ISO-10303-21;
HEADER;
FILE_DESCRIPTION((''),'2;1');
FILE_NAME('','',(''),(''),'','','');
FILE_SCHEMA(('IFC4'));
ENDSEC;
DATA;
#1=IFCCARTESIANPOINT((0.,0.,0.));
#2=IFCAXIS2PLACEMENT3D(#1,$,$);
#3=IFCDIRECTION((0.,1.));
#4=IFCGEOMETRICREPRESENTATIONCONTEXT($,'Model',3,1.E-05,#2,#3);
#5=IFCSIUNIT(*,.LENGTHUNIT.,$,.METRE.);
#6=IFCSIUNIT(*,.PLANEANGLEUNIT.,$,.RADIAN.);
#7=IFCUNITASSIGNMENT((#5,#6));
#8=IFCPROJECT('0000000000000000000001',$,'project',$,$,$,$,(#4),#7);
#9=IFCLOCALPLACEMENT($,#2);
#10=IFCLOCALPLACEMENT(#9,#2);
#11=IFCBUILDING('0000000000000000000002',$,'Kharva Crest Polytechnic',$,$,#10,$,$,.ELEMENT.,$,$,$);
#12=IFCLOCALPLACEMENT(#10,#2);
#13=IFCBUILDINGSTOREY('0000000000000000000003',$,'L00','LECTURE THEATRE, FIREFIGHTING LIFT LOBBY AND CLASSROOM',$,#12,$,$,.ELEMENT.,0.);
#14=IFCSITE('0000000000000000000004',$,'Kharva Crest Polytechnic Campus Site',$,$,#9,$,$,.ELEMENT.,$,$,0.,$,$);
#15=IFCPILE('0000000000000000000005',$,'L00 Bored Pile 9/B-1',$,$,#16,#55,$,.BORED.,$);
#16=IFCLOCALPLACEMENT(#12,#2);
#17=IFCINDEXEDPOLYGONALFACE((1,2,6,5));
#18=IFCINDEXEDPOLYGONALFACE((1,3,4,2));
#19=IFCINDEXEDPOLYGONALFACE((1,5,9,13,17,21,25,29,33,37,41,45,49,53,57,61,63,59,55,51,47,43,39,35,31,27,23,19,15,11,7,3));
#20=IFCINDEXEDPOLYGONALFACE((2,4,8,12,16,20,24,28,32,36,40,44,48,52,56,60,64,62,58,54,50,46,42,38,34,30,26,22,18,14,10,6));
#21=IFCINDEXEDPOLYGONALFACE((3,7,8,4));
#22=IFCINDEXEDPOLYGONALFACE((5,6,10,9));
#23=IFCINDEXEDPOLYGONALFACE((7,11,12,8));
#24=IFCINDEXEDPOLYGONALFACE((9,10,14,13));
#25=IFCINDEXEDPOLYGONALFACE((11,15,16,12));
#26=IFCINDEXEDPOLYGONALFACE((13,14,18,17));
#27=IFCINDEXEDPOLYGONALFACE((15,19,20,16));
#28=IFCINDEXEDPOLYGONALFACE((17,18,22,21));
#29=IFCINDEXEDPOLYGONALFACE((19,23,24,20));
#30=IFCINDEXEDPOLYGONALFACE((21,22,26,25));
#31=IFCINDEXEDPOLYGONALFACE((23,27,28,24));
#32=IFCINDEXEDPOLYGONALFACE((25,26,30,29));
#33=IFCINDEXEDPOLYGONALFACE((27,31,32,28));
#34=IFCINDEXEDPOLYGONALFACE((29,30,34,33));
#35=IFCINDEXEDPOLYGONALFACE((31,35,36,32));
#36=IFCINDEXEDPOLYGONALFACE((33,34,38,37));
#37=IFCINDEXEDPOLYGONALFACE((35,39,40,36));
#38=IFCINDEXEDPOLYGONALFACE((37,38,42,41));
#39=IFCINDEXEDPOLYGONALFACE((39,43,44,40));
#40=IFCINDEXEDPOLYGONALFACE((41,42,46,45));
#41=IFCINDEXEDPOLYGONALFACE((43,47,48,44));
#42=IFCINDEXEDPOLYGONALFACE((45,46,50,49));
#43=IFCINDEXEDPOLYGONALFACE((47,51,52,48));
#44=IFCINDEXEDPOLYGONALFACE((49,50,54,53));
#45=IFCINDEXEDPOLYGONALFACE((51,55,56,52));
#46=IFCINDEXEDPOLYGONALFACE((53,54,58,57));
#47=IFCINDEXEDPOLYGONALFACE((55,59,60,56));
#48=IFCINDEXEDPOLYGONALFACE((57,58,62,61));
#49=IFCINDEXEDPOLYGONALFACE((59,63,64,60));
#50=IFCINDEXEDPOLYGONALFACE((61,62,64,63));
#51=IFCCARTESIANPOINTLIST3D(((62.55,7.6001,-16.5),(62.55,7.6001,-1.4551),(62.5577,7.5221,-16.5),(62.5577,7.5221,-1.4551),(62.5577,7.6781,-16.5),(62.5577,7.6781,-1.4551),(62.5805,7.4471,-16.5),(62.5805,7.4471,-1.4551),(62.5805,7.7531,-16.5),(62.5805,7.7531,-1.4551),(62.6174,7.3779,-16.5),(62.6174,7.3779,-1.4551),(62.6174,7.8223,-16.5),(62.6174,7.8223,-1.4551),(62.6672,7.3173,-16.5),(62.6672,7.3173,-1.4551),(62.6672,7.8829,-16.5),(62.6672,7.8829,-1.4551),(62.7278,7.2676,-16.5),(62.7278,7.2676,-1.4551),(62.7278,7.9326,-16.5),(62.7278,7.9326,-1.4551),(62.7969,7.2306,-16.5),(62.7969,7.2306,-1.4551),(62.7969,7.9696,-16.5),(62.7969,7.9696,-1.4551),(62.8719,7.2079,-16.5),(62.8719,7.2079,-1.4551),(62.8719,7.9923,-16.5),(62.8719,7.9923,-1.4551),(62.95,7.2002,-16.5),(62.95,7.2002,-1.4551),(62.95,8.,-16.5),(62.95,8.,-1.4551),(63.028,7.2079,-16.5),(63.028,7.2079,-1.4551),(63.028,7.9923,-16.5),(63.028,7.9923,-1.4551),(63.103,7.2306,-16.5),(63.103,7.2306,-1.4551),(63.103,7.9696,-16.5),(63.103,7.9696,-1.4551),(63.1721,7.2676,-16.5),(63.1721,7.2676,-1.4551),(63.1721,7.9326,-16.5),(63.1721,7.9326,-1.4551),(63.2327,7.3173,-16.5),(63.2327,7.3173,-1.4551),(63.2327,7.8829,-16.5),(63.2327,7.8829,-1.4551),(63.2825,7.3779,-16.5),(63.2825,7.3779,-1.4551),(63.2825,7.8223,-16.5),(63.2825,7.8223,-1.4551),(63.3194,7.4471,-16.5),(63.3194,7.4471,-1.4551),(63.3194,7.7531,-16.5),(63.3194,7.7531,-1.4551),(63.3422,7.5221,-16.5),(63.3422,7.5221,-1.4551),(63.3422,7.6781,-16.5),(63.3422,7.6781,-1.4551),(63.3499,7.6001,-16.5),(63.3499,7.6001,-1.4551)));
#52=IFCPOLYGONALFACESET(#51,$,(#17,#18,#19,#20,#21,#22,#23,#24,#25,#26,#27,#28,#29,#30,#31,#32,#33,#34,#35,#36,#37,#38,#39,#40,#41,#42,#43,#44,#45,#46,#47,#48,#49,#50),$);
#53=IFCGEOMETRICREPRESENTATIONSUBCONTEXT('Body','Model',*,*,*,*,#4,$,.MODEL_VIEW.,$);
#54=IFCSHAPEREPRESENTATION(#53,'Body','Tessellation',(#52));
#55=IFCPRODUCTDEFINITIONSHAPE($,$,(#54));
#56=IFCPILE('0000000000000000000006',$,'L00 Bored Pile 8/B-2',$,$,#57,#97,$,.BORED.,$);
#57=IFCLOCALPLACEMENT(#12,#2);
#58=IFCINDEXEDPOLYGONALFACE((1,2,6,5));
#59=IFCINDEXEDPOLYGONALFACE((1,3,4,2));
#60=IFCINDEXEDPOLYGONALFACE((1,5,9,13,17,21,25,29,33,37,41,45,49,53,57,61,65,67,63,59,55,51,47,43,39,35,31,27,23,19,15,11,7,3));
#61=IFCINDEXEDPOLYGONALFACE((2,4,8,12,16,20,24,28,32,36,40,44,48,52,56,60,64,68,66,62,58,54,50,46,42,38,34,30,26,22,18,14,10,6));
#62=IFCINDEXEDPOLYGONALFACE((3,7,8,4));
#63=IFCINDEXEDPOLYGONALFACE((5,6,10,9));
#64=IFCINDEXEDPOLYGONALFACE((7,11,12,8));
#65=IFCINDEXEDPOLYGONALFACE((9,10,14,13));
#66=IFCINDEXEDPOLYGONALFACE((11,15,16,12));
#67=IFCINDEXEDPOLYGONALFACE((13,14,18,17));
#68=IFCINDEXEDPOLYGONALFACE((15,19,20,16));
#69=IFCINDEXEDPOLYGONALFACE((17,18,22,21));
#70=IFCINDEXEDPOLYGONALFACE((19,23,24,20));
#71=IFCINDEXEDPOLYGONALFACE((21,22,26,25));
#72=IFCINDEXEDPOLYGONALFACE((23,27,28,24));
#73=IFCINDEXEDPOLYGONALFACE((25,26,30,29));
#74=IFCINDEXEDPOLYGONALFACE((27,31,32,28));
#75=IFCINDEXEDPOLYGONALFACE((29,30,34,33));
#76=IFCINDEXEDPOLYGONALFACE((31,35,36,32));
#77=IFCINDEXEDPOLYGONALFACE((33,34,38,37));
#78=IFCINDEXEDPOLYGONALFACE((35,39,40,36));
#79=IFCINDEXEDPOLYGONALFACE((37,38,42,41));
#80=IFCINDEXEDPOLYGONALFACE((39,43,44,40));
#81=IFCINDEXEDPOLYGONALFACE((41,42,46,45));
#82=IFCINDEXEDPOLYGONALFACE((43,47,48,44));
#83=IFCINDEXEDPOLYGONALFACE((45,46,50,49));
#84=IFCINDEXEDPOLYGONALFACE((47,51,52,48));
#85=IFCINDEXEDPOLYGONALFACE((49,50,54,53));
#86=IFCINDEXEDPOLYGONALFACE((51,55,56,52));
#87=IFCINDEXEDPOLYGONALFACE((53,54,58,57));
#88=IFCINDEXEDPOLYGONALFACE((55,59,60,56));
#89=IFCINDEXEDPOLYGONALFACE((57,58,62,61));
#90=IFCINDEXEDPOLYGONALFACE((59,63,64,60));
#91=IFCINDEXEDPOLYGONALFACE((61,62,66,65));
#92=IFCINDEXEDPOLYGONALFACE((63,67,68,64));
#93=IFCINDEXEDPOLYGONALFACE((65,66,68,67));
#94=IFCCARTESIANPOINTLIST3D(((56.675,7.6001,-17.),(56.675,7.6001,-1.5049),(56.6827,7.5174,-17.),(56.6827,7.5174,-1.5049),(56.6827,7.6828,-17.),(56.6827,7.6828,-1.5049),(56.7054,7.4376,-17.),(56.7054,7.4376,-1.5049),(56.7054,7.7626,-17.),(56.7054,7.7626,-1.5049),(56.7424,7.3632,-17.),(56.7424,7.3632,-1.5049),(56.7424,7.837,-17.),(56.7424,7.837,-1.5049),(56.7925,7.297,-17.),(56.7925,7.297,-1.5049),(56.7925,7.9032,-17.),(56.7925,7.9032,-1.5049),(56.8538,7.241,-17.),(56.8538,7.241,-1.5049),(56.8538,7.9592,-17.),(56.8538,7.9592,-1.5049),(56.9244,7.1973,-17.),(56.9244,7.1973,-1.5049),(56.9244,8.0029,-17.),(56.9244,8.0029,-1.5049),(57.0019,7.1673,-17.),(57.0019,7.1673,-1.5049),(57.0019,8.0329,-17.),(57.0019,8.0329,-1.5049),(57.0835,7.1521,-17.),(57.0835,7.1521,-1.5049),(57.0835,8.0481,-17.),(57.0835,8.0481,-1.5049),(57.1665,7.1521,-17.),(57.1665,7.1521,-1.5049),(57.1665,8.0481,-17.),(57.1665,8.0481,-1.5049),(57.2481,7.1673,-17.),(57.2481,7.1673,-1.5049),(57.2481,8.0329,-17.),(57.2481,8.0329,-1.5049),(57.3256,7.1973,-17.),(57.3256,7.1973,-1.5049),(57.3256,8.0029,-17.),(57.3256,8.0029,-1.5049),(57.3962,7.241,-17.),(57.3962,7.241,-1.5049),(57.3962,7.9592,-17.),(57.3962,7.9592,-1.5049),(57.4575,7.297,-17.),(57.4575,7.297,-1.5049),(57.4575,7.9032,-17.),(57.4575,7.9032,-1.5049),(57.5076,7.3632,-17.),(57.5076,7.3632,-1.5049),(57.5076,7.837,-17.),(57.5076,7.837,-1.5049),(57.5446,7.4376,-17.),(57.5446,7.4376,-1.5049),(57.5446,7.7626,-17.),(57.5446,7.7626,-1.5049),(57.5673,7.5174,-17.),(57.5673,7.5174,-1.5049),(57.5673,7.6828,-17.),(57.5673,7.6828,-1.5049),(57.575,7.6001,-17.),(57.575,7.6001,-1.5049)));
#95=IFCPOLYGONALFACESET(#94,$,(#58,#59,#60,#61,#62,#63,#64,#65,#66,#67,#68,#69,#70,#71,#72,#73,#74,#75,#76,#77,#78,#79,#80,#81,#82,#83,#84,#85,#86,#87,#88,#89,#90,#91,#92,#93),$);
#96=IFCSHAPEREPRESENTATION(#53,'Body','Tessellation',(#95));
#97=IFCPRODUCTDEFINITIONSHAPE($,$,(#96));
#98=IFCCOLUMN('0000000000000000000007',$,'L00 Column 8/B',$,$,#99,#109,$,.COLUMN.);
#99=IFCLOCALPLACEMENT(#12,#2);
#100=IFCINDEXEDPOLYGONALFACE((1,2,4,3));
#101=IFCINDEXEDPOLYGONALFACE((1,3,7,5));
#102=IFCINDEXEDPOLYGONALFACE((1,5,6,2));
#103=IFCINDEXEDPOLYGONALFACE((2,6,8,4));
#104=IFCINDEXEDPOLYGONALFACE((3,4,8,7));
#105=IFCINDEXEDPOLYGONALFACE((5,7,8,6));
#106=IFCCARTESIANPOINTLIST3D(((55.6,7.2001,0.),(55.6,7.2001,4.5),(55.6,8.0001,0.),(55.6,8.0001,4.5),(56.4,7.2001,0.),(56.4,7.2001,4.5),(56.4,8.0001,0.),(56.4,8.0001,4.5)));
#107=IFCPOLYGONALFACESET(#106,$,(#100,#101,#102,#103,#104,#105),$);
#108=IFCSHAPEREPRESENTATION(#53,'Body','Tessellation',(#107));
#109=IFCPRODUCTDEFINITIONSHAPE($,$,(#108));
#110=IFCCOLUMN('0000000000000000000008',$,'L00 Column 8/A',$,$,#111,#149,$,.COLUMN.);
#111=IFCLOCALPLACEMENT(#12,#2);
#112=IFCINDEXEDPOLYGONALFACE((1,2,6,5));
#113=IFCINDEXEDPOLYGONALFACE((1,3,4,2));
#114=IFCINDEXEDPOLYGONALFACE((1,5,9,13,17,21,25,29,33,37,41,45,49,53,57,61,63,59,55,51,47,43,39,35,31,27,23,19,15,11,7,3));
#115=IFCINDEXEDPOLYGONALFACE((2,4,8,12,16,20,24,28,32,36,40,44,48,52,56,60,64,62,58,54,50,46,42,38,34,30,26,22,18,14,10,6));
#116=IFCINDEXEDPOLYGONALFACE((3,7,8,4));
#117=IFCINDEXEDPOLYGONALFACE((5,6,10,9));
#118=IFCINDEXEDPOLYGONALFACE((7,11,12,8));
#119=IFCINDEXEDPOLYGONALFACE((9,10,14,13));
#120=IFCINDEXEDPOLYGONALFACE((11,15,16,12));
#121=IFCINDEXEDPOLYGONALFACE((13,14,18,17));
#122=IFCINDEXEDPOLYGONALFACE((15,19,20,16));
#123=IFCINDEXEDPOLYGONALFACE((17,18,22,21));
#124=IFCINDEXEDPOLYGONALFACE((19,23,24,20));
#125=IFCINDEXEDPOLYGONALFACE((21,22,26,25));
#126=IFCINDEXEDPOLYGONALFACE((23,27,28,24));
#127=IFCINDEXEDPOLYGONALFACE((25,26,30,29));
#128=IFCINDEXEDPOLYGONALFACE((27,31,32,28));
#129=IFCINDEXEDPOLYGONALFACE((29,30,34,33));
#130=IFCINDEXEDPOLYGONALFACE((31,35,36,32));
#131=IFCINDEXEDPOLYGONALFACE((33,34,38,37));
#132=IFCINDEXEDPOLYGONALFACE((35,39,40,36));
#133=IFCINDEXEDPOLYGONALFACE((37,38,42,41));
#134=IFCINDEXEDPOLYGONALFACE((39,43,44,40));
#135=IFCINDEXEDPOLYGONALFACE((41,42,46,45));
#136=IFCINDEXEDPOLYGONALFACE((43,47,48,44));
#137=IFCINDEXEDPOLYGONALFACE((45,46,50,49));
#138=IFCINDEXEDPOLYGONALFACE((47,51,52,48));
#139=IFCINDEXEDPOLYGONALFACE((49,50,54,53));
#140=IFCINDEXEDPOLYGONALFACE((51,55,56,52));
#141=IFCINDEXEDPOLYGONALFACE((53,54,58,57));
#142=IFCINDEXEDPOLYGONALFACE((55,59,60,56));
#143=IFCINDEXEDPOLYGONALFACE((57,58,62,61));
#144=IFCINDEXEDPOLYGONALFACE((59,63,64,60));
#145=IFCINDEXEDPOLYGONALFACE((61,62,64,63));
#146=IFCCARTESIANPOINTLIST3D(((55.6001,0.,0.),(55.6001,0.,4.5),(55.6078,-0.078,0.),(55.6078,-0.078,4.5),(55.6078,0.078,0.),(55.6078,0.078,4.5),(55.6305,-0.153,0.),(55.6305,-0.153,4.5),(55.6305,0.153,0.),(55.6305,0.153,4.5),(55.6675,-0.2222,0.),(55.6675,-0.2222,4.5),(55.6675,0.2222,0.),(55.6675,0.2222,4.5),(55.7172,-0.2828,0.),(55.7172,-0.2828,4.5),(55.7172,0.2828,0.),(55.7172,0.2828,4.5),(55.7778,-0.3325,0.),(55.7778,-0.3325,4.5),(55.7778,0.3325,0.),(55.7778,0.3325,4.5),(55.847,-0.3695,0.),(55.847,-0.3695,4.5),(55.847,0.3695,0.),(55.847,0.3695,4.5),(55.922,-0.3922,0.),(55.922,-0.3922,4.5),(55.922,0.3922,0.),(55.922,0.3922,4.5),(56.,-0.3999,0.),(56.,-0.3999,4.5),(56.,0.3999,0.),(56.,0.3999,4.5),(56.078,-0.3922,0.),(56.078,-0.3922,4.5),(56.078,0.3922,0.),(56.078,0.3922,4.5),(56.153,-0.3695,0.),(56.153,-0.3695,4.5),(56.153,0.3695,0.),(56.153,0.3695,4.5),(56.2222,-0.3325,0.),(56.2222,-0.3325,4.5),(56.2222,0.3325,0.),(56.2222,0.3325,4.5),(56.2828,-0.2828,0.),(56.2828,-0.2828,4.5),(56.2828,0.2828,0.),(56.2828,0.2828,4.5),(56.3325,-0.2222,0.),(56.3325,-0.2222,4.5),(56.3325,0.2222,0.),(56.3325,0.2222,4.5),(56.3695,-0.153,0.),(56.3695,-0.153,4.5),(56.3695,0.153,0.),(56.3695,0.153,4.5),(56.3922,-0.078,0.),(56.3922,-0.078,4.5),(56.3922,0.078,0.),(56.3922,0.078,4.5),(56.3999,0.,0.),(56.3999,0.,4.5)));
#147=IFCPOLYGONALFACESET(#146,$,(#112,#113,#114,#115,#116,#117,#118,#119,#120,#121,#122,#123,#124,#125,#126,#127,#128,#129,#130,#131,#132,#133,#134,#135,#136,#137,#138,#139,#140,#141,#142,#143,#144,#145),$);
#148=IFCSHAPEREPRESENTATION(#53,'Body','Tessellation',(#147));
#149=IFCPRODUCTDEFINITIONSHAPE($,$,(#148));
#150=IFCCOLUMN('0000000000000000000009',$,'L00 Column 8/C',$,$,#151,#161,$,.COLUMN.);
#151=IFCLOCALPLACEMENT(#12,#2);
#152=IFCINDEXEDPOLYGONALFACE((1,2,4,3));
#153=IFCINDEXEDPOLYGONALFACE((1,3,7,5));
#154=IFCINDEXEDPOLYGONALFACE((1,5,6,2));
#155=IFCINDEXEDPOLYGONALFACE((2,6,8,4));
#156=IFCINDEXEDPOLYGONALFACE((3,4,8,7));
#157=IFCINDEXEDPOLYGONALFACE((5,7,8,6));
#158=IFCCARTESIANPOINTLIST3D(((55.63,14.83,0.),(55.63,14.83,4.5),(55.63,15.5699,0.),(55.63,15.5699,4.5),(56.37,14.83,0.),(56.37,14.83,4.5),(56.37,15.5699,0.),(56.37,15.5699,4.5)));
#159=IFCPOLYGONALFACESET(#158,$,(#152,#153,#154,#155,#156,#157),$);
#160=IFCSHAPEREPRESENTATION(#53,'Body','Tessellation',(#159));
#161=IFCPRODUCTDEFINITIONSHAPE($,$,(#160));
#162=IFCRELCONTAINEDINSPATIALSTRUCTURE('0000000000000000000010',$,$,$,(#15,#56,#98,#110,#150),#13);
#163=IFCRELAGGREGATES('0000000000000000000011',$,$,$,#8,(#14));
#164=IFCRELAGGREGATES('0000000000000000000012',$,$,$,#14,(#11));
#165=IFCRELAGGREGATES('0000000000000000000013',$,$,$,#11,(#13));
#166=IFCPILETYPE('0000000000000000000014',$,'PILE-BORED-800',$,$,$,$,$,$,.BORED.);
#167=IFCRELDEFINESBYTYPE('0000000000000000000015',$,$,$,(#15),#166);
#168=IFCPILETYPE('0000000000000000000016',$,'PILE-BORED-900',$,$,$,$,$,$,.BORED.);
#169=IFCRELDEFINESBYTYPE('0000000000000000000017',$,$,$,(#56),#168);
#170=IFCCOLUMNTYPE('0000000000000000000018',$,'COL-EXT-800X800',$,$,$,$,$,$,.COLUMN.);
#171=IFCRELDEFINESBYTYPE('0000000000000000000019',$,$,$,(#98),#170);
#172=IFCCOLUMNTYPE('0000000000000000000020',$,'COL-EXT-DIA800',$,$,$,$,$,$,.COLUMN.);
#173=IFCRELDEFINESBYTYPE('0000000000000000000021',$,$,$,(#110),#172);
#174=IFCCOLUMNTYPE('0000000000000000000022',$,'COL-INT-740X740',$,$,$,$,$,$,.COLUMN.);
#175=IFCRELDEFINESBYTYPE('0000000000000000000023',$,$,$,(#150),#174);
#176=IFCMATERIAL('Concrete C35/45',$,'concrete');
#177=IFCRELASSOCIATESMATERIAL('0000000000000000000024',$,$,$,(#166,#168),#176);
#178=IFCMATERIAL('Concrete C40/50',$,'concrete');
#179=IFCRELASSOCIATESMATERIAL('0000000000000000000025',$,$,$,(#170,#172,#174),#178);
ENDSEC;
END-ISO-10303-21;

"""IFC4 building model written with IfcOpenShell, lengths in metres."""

from ifc_helpers import new_model, si_unit, direction, frame, origin, origin_2d, place, context, subcontext, project, spatial, rectangle, circle, extrude, material, material_profile, profile_set, type_object, element, save


model = new_model("IFC4")

# Units and contexts
model_context = context("Model", 3, precision=1e-05, world=origin(), true_north=direction((0.0, 1.0)))
body_context = subcontext(model_context, "Body", "Model", "MODEL_VIEW")
ifc_project = project(units=[si_unit("LENGTHUNIT", "METRE"), si_unit("PLANEANGLEUNIT", "RADIAN")], contexts=[model_context])

# Site, building, storey
site_placement = place(None, origin())
site = spatial("IfcSite", under=ifc_project, at=site_placement, Name="Kharva Crest Polytechnic Campus Site", CompositionType="ELEMENT", RefElevation=0.0)
building_placement = place(site_placement, origin())
building = spatial("IfcBuilding", under=site, at=building_placement, Name="Kharva Crest Polytechnic", CompositionType="ELEMENT")
storey_placement = place(building_placement, origin())
storey = spatial("IfcBuildingStorey", under=building, at=storey_placement, Name="L00", Description="LECTURE THEATRE, FIREFIGHTING LIFT LOBBY AND CLASSROOM", CompositionType="ELEMENT", Elevation=0.0)

# Shared definitions
ifc_material_1 = material(Name="Concrete C35/45", Category="concrete")

# Piles
ifc_material_profile_1 = material_profile(ifc_material_1, circle(Radius=0.3999, at=origin_2d()), Name="DIA 800")
ifc_profile_set_1 = profile_set([ifc_material_profile_1], Name="Concrete C35/45")
pile_type_1 = type_object("IfcPileType", Name="PILE-BORED-800", PredefinedType="BORED", material=ifc_profile_set_1)
for number, where, z_axis, x_axis, name in (
    (1, (62.95, 7.6001, -1.4551), (0.0, 0.0, -1.0), (1.0, 0.0, 0.0), "L00 Bored Pile 9/B-1"),
):
    element("IfcPile", number, at=place(storey_placement, frame(where, z_axis=z_axis, x_axis=x_axis)), inside=storey, type_object=pile_type_1, Name=name, PredefinedType="BORED", context=body_context, shape_type="SweptSolid", body=[
        extrude(circle(Radius=0.3999, at=origin_2d()), origin(), (0.0, 0.0, 1.0), 15.0449),
    ])
ifc_material_profile_2 = material_profile(ifc_material_1, circle(Radius=0.45, at=origin_2d()), Name="DIA 900")
ifc_profile_set_2 = profile_set([ifc_material_profile_2], Name="Concrete C35/45")
pile_type_2 = type_object("IfcPileType", Name="PILE-BORED-900", PredefinedType="BORED", material=ifc_profile_set_2)
pile_placement = place(storey_placement, frame((57.125, 7.6001, -1.5049), z_axis=(0.0, 0.0, -1.0), x_axis=(1.0, 0.0, 0.0)))
element("IfcPile", 2, at=pile_placement, inside=storey, type_object=pile_type_2, Name="L00 Bored Pile 8/B-2", PredefinedType="BORED", context=body_context, shape_type="SweptSolid", body=[
    extrude(circle(Radius=0.45, at=origin_2d()), origin(), (0.0, 0.0, 1.0), 15.4951),
])

# Columns
ifc_material_2 = material(Name="Concrete C40/50", Category="concrete")
ifc_material_profile_3 = material_profile(ifc_material_2, rectangle(XDim=0.8, YDim=0.8, at=origin_2d()), Name="RECT 800 X 800")
ifc_profile_set_3 = profile_set([ifc_material_profile_3], Name="Concrete C40/50")
column_type_1 = type_object("IfcColumnType", Name="COL-EXT-800X800", PredefinedType="COLUMN", material=ifc_profile_set_3)
column_1_placement = place(storey_placement, frame((56.0, 7.6001, 0.0), z_axis=(0.0, 0.0, 1.0), x_axis=(1.0, 0.0, 0.0)))
element("IfcColumn", 3, at=column_1_placement, inside=storey, type_object=column_type_1, Name="L00 Column 8/B", PredefinedType="COLUMN", context=body_context, shape_type="SweptSolid", body=[
    extrude(rectangle(XDim=0.8, YDim=0.8, at=origin_2d()), origin(), (0.0, 0.0, 1.0), 4.5),
])
ifc_material_profile_4 = material_profile(ifc_material_2, circle(Radius=0.3999, at=origin_2d()), Name="DIA 800")
ifc_profile_set_4 = profile_set([ifc_material_profile_4], Name="Concrete C40/50")
column_type_2 = type_object("IfcColumnType", Name="COL-EXT-DIA800", PredefinedType="COLUMN", material=ifc_profile_set_4)
column_2_placement = place(storey_placement, frame((56.0, 0.0, 0.0), z_axis=(0.0, 0.0, 1.0), x_axis=(1.0, 0.0, 0.0)))
element("IfcColumn", 4, at=column_2_placement, inside=storey, type_object=column_type_2, Name="L00 Column 8/A", PredefinedType="COLUMN", context=body_context, shape_type="SweptSolid", body=[
    extrude(circle(Radius=0.3999, at=origin_2d()), origin(), (0.0, 0.0, 1.0), 4.5),
])
ifc_material_profile_5 = material_profile(ifc_material_2, rectangle(XDim=0.74, YDim=0.74, at=origin_2d()), Name="RECT 740 X 740")
ifc_profile_set_5 = profile_set([ifc_material_profile_5], Name="Concrete C40/50")
column_type_3 = type_object("IfcColumnType", Name="COL-INT-740X740", PredefinedType="COLUMN", material=ifc_profile_set_5)
column_3_placement = place(storey_placement, frame((56.0, 15.2, 0.0), z_axis=(0.0, 0.0, 1.0), x_axis=(1.0, 0.0, 0.0)))
element("IfcColumn", 5, at=column_3_placement, inside=storey, type_object=column_type_3, Name="L00 Column 8/C", PredefinedType="COLUMN", context=body_context, shape_type="SweptSolid", body=[
    extrude(rectangle(XDim=0.74, YDim=0.74, at=origin_2d()), origin(), (0.0, 0.0, 1.0), 4.5),
])

save(model, "model.ifc")
